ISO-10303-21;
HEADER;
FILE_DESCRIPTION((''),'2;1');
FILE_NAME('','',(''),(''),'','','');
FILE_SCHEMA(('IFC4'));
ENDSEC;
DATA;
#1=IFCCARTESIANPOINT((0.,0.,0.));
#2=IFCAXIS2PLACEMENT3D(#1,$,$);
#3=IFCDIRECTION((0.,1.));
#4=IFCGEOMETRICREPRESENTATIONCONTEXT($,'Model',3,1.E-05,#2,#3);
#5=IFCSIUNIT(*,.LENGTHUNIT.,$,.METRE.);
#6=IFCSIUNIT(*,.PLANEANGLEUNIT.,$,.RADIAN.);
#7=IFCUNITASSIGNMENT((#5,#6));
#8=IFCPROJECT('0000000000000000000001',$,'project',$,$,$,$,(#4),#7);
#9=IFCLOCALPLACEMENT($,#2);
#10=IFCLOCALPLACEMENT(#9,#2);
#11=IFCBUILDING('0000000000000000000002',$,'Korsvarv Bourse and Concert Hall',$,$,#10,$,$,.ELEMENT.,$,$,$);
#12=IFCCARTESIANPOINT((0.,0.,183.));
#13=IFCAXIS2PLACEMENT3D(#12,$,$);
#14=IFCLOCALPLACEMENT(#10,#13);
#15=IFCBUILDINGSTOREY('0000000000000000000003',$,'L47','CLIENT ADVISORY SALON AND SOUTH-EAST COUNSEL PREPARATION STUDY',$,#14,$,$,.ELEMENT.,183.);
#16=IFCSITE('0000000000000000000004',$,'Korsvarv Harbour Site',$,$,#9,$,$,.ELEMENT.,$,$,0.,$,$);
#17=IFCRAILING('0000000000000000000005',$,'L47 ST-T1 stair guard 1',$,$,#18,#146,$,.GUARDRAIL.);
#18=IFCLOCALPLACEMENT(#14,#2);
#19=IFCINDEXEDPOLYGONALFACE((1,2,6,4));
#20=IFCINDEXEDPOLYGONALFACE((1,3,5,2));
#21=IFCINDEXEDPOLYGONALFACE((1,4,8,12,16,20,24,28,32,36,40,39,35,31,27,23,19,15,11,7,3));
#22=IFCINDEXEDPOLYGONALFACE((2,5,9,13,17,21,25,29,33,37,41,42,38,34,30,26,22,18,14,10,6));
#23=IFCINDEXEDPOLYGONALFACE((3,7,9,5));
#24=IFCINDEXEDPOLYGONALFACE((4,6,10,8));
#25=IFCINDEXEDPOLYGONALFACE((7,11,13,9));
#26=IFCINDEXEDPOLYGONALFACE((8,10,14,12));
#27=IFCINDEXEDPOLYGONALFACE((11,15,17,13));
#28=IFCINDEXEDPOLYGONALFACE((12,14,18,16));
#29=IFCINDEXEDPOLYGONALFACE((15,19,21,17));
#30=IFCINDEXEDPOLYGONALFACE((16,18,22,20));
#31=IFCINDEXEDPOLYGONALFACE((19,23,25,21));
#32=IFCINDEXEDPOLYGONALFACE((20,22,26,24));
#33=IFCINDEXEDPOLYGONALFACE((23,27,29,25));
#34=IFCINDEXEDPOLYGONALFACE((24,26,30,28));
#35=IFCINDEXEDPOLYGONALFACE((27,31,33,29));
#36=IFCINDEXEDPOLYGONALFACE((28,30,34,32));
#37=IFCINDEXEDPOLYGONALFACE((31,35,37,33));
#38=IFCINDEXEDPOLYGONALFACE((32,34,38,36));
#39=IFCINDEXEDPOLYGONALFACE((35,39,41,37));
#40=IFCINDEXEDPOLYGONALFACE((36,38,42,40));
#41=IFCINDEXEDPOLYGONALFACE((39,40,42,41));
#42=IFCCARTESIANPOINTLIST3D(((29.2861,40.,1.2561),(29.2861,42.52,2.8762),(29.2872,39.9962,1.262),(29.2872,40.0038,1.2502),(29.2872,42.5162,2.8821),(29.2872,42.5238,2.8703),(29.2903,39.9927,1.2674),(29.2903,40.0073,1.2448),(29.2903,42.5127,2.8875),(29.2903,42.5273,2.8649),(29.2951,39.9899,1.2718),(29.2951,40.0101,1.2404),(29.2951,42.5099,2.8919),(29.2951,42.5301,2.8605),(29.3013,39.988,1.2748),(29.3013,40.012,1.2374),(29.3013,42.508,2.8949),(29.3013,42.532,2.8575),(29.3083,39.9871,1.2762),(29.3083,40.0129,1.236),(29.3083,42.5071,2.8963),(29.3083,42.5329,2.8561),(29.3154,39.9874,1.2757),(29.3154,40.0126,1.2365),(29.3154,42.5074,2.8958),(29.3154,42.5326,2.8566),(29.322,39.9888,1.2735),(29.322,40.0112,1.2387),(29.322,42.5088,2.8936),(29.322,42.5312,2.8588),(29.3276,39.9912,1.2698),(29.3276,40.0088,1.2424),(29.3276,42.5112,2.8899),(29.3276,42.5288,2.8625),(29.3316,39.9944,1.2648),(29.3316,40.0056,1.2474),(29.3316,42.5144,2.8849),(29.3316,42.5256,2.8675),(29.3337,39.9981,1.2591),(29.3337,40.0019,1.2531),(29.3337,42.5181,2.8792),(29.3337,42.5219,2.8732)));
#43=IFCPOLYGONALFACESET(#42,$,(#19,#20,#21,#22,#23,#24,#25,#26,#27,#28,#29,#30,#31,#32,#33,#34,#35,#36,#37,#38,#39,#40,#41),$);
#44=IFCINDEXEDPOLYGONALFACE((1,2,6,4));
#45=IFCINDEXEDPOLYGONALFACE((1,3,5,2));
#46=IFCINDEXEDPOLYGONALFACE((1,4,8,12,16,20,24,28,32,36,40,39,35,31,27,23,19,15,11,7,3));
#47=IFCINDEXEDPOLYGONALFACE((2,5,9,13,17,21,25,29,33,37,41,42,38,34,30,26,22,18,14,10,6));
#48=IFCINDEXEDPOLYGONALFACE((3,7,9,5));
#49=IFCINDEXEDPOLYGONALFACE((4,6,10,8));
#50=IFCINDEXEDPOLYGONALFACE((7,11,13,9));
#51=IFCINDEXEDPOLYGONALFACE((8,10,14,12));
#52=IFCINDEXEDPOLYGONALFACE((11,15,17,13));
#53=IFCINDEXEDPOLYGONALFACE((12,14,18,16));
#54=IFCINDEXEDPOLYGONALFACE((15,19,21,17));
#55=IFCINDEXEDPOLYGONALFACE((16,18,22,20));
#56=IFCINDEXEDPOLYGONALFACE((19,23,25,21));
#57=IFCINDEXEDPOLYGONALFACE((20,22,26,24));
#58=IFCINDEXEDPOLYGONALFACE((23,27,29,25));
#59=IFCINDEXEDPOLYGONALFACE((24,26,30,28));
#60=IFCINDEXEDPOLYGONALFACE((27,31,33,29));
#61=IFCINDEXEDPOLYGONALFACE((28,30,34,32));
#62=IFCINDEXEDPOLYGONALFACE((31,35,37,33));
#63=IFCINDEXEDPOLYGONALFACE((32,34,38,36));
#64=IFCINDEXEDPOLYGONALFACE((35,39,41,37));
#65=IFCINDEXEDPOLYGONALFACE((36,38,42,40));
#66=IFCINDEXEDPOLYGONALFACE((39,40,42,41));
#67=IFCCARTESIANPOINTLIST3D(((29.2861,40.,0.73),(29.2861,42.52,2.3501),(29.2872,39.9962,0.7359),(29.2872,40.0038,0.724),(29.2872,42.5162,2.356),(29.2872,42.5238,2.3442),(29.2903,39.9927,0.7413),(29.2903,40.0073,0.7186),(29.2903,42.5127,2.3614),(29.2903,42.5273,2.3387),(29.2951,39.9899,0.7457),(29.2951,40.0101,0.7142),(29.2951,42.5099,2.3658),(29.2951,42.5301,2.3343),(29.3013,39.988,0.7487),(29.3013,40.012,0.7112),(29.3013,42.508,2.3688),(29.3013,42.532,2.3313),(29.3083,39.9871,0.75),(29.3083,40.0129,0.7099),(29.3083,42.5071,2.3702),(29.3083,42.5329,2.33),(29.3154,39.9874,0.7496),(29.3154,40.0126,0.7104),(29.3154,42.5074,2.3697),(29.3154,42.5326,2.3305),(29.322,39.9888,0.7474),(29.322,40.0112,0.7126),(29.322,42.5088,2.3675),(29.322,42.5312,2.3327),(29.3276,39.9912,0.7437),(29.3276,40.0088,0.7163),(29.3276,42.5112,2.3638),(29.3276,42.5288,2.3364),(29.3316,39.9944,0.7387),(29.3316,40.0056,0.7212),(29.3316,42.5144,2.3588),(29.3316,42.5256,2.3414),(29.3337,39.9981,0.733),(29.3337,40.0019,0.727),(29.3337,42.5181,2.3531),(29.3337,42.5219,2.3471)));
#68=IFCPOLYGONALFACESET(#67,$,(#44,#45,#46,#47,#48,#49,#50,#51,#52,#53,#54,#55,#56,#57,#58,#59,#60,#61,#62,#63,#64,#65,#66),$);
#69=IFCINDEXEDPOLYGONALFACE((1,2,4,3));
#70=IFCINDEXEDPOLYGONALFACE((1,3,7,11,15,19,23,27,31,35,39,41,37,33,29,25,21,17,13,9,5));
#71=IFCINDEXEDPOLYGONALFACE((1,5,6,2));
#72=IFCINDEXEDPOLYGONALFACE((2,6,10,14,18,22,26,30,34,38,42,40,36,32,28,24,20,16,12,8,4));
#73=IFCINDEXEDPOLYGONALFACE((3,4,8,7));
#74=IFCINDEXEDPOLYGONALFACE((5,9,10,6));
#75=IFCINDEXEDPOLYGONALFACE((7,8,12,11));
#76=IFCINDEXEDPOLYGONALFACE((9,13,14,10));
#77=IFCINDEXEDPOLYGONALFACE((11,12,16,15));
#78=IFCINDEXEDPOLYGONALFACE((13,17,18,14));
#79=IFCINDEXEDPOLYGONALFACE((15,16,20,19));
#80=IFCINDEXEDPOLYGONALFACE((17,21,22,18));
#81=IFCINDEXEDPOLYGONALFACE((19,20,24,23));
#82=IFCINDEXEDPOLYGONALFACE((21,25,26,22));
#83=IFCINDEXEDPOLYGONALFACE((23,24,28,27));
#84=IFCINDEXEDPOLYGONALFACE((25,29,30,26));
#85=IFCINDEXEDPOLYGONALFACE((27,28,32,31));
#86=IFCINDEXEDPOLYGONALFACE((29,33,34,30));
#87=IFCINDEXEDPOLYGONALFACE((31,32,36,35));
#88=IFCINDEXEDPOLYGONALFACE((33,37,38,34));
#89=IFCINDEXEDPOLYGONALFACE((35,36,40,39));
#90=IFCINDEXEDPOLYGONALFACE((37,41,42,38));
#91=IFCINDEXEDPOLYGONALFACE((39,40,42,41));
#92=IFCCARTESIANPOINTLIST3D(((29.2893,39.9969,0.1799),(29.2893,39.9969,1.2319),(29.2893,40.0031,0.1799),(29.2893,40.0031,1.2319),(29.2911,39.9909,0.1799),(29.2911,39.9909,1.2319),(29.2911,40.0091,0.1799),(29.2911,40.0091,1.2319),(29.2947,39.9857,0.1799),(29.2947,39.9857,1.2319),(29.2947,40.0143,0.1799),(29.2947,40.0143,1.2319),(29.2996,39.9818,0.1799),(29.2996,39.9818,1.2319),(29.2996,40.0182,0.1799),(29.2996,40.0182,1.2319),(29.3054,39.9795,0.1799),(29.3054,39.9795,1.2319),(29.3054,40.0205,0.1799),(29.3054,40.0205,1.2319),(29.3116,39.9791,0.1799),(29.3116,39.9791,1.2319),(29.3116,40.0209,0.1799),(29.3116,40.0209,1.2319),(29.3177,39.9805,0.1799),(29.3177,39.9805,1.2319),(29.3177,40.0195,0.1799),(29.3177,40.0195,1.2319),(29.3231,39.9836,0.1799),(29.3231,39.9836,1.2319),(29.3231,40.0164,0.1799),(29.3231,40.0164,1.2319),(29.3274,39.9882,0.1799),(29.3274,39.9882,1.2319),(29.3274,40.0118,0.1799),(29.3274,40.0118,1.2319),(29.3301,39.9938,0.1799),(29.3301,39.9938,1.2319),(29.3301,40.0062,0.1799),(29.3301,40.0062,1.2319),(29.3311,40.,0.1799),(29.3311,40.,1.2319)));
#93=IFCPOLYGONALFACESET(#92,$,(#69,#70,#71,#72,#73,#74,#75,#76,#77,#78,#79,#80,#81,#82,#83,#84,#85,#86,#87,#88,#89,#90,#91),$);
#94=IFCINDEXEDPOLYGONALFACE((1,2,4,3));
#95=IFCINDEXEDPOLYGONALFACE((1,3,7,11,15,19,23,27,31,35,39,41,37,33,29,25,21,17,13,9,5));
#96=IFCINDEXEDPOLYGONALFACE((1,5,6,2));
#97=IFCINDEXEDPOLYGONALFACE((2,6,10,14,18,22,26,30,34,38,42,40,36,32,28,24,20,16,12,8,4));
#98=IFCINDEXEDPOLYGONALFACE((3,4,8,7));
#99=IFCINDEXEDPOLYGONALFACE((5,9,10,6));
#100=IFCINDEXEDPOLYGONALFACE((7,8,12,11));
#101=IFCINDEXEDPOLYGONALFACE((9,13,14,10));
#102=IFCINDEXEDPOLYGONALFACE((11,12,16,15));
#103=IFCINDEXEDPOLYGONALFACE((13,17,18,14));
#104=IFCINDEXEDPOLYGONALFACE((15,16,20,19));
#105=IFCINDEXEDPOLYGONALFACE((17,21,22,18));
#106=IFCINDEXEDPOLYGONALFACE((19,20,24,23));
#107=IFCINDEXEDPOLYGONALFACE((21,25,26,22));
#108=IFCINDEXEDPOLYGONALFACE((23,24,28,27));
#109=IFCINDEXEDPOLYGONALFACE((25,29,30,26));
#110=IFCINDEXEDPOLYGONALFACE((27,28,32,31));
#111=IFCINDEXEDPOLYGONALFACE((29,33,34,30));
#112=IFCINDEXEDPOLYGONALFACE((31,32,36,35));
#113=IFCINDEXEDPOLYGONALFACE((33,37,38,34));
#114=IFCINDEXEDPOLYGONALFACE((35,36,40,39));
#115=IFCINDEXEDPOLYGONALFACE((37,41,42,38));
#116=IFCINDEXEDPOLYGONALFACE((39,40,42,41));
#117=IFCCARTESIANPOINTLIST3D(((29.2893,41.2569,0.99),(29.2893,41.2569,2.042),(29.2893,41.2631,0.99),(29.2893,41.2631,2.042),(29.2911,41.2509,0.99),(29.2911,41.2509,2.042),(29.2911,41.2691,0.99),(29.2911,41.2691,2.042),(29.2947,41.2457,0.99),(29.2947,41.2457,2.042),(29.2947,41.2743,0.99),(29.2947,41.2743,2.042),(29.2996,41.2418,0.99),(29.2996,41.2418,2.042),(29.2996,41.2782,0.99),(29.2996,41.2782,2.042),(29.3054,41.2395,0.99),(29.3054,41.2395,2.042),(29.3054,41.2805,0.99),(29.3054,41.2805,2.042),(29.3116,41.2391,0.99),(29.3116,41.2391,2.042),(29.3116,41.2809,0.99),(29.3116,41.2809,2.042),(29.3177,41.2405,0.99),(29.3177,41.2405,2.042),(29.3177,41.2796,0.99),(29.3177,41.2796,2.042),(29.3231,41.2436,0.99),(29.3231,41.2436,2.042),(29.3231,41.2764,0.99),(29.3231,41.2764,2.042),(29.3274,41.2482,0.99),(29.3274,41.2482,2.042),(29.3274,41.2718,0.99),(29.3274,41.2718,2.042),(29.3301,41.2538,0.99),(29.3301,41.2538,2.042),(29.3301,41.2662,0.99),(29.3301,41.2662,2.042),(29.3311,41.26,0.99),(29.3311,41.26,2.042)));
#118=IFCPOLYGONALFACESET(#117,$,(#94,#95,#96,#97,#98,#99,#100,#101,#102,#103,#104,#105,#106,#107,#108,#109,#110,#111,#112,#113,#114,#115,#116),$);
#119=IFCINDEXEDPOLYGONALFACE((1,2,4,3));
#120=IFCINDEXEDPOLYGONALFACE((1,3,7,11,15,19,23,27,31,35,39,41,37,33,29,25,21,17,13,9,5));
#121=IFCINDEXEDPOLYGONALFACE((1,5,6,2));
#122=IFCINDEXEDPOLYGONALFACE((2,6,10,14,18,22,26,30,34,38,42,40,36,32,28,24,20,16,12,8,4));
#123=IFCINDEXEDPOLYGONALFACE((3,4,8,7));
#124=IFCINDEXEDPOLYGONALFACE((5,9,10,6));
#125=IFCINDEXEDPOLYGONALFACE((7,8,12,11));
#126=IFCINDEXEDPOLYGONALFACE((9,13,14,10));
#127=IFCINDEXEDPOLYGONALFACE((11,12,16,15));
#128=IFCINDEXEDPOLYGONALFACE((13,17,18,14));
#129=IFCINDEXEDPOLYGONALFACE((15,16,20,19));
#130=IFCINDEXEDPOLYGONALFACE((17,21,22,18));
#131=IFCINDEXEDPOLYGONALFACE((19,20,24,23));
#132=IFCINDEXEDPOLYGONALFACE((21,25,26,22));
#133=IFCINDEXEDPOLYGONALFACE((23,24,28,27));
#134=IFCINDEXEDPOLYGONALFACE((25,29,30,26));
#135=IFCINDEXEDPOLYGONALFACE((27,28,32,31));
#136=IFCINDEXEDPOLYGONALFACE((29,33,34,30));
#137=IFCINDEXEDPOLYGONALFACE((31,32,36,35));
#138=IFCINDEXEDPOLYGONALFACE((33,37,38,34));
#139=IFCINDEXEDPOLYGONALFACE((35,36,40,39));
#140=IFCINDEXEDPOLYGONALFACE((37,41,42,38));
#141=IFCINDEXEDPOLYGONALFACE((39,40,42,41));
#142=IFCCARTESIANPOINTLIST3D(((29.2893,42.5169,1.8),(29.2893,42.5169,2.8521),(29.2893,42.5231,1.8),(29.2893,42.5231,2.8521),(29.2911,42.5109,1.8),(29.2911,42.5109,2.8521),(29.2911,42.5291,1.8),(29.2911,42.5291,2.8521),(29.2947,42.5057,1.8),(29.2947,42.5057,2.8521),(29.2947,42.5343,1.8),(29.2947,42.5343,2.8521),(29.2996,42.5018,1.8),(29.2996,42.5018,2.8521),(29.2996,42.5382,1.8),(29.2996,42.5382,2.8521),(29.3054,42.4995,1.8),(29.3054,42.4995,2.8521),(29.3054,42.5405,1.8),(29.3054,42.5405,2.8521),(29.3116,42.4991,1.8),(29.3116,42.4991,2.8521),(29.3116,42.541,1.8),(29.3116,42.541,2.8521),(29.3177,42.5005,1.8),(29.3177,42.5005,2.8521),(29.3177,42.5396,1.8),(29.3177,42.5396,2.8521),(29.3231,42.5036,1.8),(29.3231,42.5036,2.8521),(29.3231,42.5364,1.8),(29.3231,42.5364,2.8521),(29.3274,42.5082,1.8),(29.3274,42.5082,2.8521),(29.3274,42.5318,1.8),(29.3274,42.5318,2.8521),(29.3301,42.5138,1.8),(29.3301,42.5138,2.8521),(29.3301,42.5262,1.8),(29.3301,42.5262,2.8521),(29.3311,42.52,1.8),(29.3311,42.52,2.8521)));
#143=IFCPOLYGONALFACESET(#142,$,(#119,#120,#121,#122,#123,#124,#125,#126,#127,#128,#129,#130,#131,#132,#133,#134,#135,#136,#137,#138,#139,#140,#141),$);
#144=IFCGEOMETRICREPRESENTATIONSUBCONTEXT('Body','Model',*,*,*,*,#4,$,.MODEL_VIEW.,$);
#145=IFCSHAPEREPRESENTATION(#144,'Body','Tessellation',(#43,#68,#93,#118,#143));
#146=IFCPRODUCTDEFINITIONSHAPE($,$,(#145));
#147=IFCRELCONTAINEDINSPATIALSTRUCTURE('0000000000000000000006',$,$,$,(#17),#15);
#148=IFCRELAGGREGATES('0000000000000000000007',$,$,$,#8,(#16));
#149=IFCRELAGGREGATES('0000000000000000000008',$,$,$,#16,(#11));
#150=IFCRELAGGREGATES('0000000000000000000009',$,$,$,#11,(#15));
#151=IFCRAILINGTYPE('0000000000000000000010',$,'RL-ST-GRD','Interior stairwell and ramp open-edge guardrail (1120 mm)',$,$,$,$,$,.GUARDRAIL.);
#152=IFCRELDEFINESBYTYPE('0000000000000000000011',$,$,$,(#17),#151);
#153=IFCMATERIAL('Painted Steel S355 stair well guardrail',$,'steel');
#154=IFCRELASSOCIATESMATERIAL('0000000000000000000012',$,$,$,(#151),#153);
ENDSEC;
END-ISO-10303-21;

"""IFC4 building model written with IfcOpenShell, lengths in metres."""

from ifc_helpers import new_model, si_unit, direction, frame, origin, origin_2d, place, context, subcontext, project, spatial, circle, extrude, material, type_object, element, save


model = new_model("IFC4")

# Units and contexts
model_context = context("Model", 3, precision=1e-05, world=origin(), true_north=direction((0.0, 1.0)))
body_context = subcontext(model_context, "Body", "Model", "MODEL_VIEW")
ifc_project = project(units=[si_unit("LENGTHUNIT", "METRE"), si_unit("PLANEANGLEUNIT", "RADIAN")], contexts=[model_context])

# Site, building, storey
site_placement = place(None, origin())
site = spatial("IfcSite", under=ifc_project, at=site_placement, Name="Korsvarv Harbour Site", CompositionType="ELEMENT", RefElevation=0.0)
building_placement = place(site_placement, origin())
building = spatial("IfcBuilding", under=site, at=building_placement, Name="Korsvarv Bourse and Concert Hall", CompositionType="ELEMENT")
storey_placement = place(building_placement, frame((0.0, 0.0, 183.0)))
storey = spatial("IfcBuildingStorey", under=building, at=storey_placement, Name="L47", Description="CLIENT ADVISORY SALON AND SOUTH-EAST COUNSEL PREPARATION STUDY", CompositionType="ELEMENT", Elevation=183.0)

# Railing
ifc_material_1 = material(Name="Painted Steel S355 stair well guardrail", Category="steel")
railing_type_1 = type_object("IfcRailingType", Name="RL-ST-GRD", Description="Interior stairwell and ramp open-edge guardrail (1120 mm)", PredefinedType="GUARDRAIL", material=ifc_material_1)
railing_1_placement = place(storey_placement, frame((29.3101, 40.0, 0.1799)))
element("IfcRailing", 1, at=railing_1_placement, inside=storey, type_object=railing_type_1, Name="L47 ST-T1 stair guard 1", PredefinedType="GUARDRAIL", context=body_context, shape_type="SweptSolid", body=[
    extrude(circle(Radius=0.0239, at=origin_2d()), frame((0.0, 0.0, 1.0762), z_axis=(0.0, 0.841163, 0.540782), x_axis=(-1.0, 0.0, 0.0)), (0.0, 0.0, 1.0), 2.9958),
    extrude(circle(Radius=0.0239, at=origin_2d()), frame((0.0, 0.0, 0.55), z_axis=(0.0, 0.841163, 0.540782), x_axis=(-1.0, 0.0, 0.0)), (0.0, 0.0, 1.0), 2.9958),
    extrude(circle(Radius=0.021, at=origin_2d()), origin(), (0.0, 0.0, 1.0), 1.052),
    extrude(circle(Radius=0.021, at=origin_2d()), frame((0.0, 1.26, 0.8101)), (0.0, 0.0, 1.0), 1.052),
    extrude(circle(Radius=0.021, at=origin_2d()), frame((0.0, 2.52, 1.6201)), (0.0, 0.0, 1.0), 1.052),
])

save(model, "model.ifc")
